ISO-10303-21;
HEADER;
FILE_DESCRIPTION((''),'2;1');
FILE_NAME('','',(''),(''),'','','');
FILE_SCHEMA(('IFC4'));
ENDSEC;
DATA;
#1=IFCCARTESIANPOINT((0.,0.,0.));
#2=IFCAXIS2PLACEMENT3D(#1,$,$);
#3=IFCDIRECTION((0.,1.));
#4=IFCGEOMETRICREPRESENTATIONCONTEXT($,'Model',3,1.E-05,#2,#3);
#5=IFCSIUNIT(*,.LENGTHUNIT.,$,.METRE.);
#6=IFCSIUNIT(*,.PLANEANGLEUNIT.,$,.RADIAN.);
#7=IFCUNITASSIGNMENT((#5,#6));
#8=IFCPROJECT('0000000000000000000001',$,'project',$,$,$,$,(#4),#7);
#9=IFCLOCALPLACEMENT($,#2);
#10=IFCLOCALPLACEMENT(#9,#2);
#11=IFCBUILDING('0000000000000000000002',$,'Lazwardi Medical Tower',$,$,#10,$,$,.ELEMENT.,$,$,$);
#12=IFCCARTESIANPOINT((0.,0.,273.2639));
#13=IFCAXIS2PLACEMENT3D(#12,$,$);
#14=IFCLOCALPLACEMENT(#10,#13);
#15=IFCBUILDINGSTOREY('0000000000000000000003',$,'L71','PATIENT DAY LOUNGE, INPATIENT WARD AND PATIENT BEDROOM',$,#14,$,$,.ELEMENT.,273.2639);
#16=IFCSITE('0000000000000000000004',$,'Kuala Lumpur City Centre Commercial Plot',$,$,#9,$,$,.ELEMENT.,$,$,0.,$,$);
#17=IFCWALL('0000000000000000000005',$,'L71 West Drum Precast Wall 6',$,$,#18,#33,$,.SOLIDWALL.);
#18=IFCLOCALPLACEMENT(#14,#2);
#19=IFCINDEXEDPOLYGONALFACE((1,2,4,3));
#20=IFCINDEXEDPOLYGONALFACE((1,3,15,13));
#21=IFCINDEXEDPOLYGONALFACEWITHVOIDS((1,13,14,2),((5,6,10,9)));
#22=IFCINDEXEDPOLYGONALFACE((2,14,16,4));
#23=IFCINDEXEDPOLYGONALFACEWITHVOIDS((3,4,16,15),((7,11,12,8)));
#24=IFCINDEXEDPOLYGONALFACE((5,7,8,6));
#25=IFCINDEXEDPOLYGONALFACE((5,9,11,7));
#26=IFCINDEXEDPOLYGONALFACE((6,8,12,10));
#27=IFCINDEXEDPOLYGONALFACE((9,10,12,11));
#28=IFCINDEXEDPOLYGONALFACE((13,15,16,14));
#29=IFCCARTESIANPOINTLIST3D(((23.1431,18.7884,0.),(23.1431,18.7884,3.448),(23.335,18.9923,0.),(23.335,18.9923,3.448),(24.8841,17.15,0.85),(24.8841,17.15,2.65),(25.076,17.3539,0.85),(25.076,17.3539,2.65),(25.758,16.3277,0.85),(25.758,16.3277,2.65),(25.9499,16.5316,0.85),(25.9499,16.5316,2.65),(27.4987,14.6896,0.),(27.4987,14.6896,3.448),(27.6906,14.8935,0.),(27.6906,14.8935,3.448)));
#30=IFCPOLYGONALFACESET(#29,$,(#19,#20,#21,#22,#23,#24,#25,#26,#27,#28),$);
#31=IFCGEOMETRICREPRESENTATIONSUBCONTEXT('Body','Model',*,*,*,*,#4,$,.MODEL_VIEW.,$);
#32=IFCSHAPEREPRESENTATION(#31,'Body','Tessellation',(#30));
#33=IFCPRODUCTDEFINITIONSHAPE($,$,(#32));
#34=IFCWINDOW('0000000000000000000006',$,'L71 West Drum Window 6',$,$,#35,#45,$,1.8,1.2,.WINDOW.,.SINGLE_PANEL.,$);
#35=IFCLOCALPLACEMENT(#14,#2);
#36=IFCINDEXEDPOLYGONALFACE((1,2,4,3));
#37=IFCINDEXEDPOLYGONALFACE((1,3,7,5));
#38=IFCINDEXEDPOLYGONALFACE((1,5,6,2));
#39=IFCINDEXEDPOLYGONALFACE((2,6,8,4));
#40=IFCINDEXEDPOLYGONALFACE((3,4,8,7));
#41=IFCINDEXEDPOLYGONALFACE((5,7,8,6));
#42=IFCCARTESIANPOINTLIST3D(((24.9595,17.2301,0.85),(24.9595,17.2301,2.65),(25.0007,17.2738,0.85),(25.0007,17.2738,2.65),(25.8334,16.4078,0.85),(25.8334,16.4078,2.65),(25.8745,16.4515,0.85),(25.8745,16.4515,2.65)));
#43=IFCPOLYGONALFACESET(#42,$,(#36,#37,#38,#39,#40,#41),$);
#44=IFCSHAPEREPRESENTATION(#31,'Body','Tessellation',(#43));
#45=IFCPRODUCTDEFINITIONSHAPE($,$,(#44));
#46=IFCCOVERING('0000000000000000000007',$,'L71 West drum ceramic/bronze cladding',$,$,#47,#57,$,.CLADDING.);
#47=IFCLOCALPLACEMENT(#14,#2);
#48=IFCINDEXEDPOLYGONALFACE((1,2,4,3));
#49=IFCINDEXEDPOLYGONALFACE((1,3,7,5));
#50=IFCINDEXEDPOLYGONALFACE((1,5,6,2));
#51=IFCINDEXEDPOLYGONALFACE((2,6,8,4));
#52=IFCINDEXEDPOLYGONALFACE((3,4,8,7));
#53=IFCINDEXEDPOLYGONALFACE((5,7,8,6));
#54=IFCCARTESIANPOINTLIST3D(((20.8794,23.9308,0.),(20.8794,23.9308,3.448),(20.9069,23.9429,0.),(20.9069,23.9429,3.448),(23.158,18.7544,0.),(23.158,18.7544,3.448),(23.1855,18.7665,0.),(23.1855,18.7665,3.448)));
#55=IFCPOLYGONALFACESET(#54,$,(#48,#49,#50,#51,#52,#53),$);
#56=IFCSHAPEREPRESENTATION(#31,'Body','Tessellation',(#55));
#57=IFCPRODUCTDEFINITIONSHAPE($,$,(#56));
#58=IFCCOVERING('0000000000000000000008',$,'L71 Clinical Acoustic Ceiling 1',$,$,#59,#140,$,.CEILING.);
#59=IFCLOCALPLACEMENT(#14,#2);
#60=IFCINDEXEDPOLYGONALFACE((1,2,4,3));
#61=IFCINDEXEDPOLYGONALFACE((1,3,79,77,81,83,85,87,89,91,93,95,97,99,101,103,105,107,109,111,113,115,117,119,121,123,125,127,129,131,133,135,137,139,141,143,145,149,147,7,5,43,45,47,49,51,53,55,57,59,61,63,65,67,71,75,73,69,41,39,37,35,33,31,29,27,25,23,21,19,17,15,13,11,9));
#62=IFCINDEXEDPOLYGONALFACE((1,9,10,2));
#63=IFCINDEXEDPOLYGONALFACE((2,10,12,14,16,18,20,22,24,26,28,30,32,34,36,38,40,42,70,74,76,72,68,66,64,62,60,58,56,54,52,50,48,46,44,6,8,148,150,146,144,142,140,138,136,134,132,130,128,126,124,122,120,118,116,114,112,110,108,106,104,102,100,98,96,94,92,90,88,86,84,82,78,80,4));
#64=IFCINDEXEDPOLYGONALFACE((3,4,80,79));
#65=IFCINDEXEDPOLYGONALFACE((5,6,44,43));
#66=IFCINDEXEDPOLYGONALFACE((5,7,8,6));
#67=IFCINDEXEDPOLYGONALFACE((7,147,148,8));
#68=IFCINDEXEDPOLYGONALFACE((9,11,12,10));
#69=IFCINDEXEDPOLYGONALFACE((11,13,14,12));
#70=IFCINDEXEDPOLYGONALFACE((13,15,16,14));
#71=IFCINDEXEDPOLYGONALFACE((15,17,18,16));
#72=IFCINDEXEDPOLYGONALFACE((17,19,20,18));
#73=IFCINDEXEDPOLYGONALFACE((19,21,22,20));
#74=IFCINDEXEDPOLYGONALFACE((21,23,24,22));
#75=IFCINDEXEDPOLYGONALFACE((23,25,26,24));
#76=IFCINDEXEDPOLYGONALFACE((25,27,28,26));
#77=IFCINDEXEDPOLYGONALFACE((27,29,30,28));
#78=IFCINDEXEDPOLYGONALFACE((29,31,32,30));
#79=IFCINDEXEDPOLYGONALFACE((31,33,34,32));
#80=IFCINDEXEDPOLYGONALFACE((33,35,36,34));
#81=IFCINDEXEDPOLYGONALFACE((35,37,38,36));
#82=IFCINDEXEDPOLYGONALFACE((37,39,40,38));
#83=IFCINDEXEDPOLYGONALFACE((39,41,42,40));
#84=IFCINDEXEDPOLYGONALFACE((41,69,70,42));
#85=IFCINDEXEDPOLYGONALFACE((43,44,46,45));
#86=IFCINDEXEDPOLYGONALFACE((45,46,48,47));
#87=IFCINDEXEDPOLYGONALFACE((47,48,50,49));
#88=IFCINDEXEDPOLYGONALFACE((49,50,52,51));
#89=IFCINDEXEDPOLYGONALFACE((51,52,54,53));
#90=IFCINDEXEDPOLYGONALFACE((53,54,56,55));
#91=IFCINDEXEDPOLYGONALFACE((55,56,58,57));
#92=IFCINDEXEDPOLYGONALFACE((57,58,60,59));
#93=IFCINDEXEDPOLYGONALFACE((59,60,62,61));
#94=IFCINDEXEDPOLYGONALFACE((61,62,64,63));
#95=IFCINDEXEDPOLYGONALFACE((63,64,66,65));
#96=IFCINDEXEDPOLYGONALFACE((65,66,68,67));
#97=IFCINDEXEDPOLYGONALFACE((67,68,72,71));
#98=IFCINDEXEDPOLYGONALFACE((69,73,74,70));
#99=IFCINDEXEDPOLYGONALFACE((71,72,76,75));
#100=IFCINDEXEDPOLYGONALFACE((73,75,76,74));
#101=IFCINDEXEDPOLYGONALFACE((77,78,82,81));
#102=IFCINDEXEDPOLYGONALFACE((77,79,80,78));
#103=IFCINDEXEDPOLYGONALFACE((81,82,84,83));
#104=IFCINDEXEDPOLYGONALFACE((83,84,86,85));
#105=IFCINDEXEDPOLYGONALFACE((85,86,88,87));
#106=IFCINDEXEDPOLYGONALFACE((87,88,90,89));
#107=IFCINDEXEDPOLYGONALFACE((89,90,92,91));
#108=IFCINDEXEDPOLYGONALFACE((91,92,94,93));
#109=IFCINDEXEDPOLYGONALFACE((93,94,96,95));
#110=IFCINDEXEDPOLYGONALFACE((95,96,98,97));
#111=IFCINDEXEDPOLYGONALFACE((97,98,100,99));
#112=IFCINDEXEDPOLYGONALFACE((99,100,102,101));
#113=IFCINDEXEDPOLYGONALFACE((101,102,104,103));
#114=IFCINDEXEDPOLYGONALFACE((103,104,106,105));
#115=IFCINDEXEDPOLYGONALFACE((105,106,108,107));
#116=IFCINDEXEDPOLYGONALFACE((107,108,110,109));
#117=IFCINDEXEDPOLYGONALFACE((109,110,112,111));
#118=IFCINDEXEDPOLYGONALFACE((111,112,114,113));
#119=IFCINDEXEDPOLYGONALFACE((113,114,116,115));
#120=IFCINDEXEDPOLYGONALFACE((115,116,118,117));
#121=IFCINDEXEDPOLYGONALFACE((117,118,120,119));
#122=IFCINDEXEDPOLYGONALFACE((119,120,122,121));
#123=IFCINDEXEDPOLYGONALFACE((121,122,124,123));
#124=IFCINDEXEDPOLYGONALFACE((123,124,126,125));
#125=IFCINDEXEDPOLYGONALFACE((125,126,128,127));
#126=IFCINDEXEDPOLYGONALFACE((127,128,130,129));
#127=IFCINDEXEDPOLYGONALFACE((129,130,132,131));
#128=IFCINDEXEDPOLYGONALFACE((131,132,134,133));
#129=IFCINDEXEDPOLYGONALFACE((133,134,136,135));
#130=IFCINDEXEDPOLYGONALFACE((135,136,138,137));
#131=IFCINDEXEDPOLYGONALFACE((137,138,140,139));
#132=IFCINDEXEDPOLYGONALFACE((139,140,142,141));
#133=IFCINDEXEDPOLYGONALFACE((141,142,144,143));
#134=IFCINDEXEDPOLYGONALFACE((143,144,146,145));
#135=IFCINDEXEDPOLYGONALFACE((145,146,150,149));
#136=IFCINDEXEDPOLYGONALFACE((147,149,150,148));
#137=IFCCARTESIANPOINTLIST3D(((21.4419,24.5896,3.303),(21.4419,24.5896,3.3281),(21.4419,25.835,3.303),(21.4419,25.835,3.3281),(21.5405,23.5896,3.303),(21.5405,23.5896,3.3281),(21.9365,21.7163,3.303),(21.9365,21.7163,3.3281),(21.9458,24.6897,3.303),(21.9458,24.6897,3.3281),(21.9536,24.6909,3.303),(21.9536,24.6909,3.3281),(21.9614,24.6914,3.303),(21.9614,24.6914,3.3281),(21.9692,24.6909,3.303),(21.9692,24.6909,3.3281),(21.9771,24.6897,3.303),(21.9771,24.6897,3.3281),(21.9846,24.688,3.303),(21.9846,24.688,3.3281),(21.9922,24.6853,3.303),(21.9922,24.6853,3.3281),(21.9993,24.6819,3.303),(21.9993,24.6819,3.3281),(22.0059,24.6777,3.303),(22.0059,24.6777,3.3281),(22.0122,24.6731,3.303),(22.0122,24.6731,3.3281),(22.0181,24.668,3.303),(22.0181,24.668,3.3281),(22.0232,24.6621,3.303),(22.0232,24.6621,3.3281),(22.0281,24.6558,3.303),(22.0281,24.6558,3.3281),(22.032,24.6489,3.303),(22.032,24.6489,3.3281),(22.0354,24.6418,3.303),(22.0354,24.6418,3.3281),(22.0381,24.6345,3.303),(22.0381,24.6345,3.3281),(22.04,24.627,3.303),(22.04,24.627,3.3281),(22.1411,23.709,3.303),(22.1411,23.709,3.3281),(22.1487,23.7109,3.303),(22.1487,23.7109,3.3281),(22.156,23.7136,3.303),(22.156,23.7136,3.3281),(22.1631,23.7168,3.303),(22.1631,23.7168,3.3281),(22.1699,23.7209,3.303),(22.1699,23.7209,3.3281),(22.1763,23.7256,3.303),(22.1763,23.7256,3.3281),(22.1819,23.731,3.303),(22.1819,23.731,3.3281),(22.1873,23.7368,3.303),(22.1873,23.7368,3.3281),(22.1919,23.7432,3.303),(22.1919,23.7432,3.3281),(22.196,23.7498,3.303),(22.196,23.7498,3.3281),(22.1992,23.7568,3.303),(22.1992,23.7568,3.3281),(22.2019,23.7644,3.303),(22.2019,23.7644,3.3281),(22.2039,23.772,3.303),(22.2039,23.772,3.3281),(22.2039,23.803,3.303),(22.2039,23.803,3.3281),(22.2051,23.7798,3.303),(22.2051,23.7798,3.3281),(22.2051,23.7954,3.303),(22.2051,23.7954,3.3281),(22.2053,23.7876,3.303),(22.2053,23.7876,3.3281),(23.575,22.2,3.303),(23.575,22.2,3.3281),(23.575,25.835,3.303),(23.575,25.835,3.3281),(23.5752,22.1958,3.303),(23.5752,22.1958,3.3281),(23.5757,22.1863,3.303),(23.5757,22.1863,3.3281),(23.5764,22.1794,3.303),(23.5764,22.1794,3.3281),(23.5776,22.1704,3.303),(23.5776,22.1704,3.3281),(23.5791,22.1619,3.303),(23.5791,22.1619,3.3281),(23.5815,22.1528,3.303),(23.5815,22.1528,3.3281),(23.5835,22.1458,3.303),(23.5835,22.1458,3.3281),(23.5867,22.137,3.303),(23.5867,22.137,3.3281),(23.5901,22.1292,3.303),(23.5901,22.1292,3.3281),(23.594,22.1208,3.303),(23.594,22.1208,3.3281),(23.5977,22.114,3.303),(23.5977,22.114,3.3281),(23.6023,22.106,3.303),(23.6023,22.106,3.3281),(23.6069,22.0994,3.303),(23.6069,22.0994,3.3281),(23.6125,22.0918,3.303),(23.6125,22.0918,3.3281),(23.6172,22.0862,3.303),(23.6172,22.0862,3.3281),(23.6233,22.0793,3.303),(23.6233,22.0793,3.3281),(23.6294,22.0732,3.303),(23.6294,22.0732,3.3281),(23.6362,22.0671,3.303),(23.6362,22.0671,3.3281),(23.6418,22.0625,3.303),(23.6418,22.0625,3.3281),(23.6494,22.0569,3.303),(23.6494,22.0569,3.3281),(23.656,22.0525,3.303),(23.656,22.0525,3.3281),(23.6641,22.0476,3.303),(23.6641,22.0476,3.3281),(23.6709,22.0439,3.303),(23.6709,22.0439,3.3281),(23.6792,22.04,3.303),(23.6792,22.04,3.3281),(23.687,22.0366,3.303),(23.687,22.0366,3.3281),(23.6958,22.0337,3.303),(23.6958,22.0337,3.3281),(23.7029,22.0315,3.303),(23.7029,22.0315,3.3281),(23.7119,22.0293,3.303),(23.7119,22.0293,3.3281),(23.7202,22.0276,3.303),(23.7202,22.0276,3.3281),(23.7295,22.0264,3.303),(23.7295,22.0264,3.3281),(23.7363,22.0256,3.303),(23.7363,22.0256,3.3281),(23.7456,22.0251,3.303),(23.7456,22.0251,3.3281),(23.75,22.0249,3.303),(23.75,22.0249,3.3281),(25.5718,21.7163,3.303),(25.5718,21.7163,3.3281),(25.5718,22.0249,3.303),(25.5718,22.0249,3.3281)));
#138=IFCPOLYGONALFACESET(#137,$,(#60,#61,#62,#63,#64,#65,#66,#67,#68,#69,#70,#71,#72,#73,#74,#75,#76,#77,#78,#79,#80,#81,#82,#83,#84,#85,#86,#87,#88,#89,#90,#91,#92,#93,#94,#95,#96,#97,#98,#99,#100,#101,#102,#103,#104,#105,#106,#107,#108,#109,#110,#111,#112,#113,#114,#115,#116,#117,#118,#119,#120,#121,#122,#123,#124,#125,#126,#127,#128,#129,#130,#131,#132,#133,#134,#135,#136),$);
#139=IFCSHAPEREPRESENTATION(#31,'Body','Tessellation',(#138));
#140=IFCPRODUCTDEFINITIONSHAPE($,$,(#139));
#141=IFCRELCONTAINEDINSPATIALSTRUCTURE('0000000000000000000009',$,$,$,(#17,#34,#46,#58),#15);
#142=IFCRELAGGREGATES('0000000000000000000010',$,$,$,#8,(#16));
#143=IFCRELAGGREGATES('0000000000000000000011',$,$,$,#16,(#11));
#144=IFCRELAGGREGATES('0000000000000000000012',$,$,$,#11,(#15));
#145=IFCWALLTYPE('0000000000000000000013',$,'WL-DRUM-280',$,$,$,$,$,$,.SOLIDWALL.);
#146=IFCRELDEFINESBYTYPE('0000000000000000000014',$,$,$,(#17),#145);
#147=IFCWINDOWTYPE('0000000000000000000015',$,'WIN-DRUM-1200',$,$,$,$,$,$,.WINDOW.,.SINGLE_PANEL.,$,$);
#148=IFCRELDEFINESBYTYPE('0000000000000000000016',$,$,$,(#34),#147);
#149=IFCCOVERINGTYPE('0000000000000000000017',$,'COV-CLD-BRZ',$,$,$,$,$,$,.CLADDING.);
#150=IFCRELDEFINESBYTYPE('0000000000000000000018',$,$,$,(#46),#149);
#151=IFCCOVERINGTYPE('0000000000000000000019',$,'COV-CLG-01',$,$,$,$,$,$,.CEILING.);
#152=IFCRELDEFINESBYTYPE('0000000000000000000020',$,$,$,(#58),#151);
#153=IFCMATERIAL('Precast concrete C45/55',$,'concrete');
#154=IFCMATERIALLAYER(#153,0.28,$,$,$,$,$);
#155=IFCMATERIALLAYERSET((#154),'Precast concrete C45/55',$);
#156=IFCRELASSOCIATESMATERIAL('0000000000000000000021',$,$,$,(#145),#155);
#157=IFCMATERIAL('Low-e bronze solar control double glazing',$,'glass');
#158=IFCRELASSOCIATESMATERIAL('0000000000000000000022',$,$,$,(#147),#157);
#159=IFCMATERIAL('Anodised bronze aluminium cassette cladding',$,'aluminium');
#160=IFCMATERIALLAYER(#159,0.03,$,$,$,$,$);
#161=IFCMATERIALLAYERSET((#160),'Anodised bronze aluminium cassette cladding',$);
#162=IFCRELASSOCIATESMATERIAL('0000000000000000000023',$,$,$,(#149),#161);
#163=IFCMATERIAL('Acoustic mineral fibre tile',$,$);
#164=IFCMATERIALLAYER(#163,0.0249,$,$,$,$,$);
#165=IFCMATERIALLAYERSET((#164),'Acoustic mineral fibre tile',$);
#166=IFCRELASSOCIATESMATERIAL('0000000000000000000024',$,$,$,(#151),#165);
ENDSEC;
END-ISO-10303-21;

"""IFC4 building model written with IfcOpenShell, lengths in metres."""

from ifc_helpers import new_model, si_unit, direction, frame, frame_2d, origin, origin_2d, place, context, subcontext, project, spatial, polyline, rectangle, outline, extrude, material, layer, layer_set, type_object, element, fill, save


model = new_model("IFC4")

# Units and contexts
model_context = context("Model", 3, precision=1e-05, world=origin(), true_north=direction((0.0, 1.0)))
body_context = subcontext(model_context, "Body", "Model", "MODEL_VIEW")
ifc_project = project(units=[si_unit("LENGTHUNIT", "METRE"), si_unit("PLANEANGLEUNIT", "RADIAN")], contexts=[model_context])

# Site, building, storey
site_placement = place(None, origin())
site = spatial("IfcSite", under=ifc_project, at=site_placement, Name="Kuala Lumpur City Centre Commercial Plot", CompositionType="ELEMENT", RefElevation=0.0)
building_placement = place(site_placement, origin())
building = spatial("IfcBuilding", under=site, at=building_placement, Name="Lazwardi Medical Tower", CompositionType="ELEMENT")
storey_placement = place(building_placement, frame((0.0, 0.0, 273.2639)))
storey = spatial("IfcBuildingStorey", under=building, at=storey_placement, Name="L71", Description="PATIENT DAY LOUNGE, INPATIENT WARD AND PATIENT BEDROOM", CompositionType="ELEMENT", Elevation=273.2639)

# Wall, opening, window
ifc_material_1 = material(Name="Precast concrete C45/55", Category="concrete")
ifc_layer_1 = layer(ifc_material_1, 0.28)
ifc_layer_set_1 = layer_set([ifc_layer_1], Name="Precast concrete C45/55")
wall_type_1 = type_object("IfcWallType", Name="WL-DRUM-280", PredefinedType="SOLIDWALL", material=ifc_layer_set_1)
wall_1_placement = place(storey_placement, frame((23.239, 18.8904, 0.0), z_axis=(0.0, 0.0, 1.0), x_axis=(0.728252, -0.68531, 0.0)))
wall_1 = element("IfcWall", 1, at=wall_1_placement, inside=storey, type_object=wall_type_1, Name="L71 West Drum Precast Wall 6", PredefinedType="SOLIDWALL", context=body_context, shape_type="SweptSolid", body=[
    extrude(rectangle(XDim=5.981, YDim=0.28, at=frame_2d((2.9905, 0.0))), origin(), (0.0, 0.0, 1.0), 3.448),
])
opening_1_placement = place(wall_1_placement, frame((2.3906, 0.0, 0.8501)))
opening_1 = element("IfcOpeningElement", 2, at=opening_1_placement, cuts=wall_1, PredefinedType="OPENING", context=body_context, shape_type="SweptSolid", body=[
    extrude(rectangle(XDim=1.2, YDim=1.8, at=frame_2d((0.6001, 0.8999))), frame((0.0, 0.1499, 0.0), z_axis=(0.0, -1.0, 0.0), x_axis=(1.0, 0.0, 0.0)), (0.0, 0.0, 1.0), 0.3),
])
ifc_material_2 = material(Name="Low-e bronze solar control double glazing", Category="glass")
window_type = type_object("IfcWindowType", Name="WIN-DRUM-1200", PartitioningType="SINGLE_PANEL", PredefinedType="WINDOW", material=ifc_material_2)
window_placement = place(opening_1_placement, origin())
window = element("IfcWindow", 3, at=window_placement, inside=storey, type_object=window_type, Name="L71 West Drum Window 6", OverallHeight=1.8, OverallWidth=1.2, PartitioningType="SINGLE_PANEL", PredefinedType="WINDOW", context=body_context, shape_type="SweptSolid", body=[
    extrude(rectangle(XDim=1.2, YDim=1.8, at=frame_2d((0.6001, 0.8999))), frame((0.0, 0.03, 0.0), z_axis=(0.0, -1.0, 0.0), x_axis=(1.0, 0.0, 0.0)), (0.0, 0.0, 1.0), 0.0601),
])
fill(opening_1, window)

# Coverings
ifc_material_3 = material(Name="Anodised bronze aluminium cassette cladding", Category="aluminium")
ifc_layer_2 = layer(ifc_material_3, 0.03)
ifc_layer_set_2 = layer_set([ifc_layer_2], Name="Anodised bronze aluminium cassette cladding")
covering_type_1 = type_object("IfcCoveringType", Name="COV-CLD-BRZ", PredefinedType="CLADDING", material=ifc_layer_set_2)
covering_1_placement = place(storey_placement, frame((22.0325, 21.3486, 0.0), z_axis=(0.0, 0.0, 1.0), x_axis=(0.402878, -0.915254, 0.0)))
element("IfcCovering", 4, at=covering_1_placement, inside=storey, type_object=covering_type_1, Name="L71 West drum ceramic/bronze cladding", PredefinedType="CLADDING", context=body_context, shape_type="SweptSolid", body=[
    extrude(rectangle(XDim=5.6558, YDim=0.03, at=origin_2d()), origin(), (0.0, 0.0, 1.0), 3.448),
])
ifc_material_4 = material(Name="Acoustic mineral fibre tile")
ifc_layer_3 = layer(ifc_material_4, 0.0249)
ifc_layer_set_3 = layer_set([ifc_layer_3], Name="Acoustic mineral fibre tile")
covering_type_2 = type_object("IfcCoveringType", Name="COV-CLG-01", PredefinedType="CEILING", material=ifc_layer_set_3)
covering_2_placement = place(storey_placement, frame((0.0, 0.0, 3.303)))
element("IfcCovering", 5, at=covering_2_placement, inside=storey, type_object=covering_type_2, Name="L71 Clinical Acoustic Ceiling 1", PredefinedType="CEILING", context=body_context, shape_type="SweptSolid", body=[
    extrude(outline(polyline([(25.5718, 22.0249), (23.75, 22.0249), (23.7456, 22.0251), (23.7363, 22.0256), (23.7295, 22.0264), (23.7202, 22.0276), (23.7119, 22.0293), (23.7029, 22.0315), (23.6958, 22.0337), (23.687, 22.0366), (23.6792, 22.04), (23.6709, 22.0439), (23.6641, 22.0476), (23.656, 22.0525), (23.6494, 22.0569), (23.6418, 22.0625), (23.6362, 22.0671), (23.6294, 22.0732), (23.6233, 22.0793), (23.6172, 22.0862), (23.6125, 22.0918), (23.6069, 22.0994), (23.6023, 22.106), (23.5977, 22.114), (23.594, 22.1208), (23.5901, 22.1292), (23.5867, 22.137), (23.5835, 22.1458), (23.5815, 22.1528), (23.5791, 22.1619), (23.5776, 22.1704), (23.5764, 22.1794), (23.5757, 22.1863), (23.5752, 22.1958), (23.575, 22.2), (23.575, 25.835), (21.4419, 25.835), (21.4419, 24.5896), (21.9458, 24.6897), (21.9536, 24.6909), (21.9614, 24.6914), (21.9692, 24.6909), (21.9771, 24.6897), (21.9846, 24.688), (21.9922, 24.6853), (21.9993, 24.6819), (22.0059, 24.6777), (22.0122, 24.6731), (22.0181, 24.668), (22.0232, 24.6621), (22.0281, 24.6558), (22.032, 24.6489), (22.0354, 24.6418), (22.0381, 24.6345), (22.04, 24.627), (22.2039, 23.803), (22.2051, 23.7954), (22.2053, 23.7876), (22.2051, 23.7798), (22.2039, 23.772), (22.2019, 23.7644), (22.1992, 23.7568), (22.196, 23.7498), (22.1919, 23.7432), (22.1873, 23.7368), (22.1819, 23.731), (22.1763, 23.7256), (22.1699, 23.7209), (22.1631, 23.7168), (22.156, 23.7136), (22.1487, 23.7109), (22.1411, 23.709), (21.5405, 23.5896), (21.9365, 21.7163), (25.5718, 21.7163), (25.5718, 22.0249)])), origin(), (0.0, 0.0, 1.0), 0.0251),
])

save(model, "model.ifc")
